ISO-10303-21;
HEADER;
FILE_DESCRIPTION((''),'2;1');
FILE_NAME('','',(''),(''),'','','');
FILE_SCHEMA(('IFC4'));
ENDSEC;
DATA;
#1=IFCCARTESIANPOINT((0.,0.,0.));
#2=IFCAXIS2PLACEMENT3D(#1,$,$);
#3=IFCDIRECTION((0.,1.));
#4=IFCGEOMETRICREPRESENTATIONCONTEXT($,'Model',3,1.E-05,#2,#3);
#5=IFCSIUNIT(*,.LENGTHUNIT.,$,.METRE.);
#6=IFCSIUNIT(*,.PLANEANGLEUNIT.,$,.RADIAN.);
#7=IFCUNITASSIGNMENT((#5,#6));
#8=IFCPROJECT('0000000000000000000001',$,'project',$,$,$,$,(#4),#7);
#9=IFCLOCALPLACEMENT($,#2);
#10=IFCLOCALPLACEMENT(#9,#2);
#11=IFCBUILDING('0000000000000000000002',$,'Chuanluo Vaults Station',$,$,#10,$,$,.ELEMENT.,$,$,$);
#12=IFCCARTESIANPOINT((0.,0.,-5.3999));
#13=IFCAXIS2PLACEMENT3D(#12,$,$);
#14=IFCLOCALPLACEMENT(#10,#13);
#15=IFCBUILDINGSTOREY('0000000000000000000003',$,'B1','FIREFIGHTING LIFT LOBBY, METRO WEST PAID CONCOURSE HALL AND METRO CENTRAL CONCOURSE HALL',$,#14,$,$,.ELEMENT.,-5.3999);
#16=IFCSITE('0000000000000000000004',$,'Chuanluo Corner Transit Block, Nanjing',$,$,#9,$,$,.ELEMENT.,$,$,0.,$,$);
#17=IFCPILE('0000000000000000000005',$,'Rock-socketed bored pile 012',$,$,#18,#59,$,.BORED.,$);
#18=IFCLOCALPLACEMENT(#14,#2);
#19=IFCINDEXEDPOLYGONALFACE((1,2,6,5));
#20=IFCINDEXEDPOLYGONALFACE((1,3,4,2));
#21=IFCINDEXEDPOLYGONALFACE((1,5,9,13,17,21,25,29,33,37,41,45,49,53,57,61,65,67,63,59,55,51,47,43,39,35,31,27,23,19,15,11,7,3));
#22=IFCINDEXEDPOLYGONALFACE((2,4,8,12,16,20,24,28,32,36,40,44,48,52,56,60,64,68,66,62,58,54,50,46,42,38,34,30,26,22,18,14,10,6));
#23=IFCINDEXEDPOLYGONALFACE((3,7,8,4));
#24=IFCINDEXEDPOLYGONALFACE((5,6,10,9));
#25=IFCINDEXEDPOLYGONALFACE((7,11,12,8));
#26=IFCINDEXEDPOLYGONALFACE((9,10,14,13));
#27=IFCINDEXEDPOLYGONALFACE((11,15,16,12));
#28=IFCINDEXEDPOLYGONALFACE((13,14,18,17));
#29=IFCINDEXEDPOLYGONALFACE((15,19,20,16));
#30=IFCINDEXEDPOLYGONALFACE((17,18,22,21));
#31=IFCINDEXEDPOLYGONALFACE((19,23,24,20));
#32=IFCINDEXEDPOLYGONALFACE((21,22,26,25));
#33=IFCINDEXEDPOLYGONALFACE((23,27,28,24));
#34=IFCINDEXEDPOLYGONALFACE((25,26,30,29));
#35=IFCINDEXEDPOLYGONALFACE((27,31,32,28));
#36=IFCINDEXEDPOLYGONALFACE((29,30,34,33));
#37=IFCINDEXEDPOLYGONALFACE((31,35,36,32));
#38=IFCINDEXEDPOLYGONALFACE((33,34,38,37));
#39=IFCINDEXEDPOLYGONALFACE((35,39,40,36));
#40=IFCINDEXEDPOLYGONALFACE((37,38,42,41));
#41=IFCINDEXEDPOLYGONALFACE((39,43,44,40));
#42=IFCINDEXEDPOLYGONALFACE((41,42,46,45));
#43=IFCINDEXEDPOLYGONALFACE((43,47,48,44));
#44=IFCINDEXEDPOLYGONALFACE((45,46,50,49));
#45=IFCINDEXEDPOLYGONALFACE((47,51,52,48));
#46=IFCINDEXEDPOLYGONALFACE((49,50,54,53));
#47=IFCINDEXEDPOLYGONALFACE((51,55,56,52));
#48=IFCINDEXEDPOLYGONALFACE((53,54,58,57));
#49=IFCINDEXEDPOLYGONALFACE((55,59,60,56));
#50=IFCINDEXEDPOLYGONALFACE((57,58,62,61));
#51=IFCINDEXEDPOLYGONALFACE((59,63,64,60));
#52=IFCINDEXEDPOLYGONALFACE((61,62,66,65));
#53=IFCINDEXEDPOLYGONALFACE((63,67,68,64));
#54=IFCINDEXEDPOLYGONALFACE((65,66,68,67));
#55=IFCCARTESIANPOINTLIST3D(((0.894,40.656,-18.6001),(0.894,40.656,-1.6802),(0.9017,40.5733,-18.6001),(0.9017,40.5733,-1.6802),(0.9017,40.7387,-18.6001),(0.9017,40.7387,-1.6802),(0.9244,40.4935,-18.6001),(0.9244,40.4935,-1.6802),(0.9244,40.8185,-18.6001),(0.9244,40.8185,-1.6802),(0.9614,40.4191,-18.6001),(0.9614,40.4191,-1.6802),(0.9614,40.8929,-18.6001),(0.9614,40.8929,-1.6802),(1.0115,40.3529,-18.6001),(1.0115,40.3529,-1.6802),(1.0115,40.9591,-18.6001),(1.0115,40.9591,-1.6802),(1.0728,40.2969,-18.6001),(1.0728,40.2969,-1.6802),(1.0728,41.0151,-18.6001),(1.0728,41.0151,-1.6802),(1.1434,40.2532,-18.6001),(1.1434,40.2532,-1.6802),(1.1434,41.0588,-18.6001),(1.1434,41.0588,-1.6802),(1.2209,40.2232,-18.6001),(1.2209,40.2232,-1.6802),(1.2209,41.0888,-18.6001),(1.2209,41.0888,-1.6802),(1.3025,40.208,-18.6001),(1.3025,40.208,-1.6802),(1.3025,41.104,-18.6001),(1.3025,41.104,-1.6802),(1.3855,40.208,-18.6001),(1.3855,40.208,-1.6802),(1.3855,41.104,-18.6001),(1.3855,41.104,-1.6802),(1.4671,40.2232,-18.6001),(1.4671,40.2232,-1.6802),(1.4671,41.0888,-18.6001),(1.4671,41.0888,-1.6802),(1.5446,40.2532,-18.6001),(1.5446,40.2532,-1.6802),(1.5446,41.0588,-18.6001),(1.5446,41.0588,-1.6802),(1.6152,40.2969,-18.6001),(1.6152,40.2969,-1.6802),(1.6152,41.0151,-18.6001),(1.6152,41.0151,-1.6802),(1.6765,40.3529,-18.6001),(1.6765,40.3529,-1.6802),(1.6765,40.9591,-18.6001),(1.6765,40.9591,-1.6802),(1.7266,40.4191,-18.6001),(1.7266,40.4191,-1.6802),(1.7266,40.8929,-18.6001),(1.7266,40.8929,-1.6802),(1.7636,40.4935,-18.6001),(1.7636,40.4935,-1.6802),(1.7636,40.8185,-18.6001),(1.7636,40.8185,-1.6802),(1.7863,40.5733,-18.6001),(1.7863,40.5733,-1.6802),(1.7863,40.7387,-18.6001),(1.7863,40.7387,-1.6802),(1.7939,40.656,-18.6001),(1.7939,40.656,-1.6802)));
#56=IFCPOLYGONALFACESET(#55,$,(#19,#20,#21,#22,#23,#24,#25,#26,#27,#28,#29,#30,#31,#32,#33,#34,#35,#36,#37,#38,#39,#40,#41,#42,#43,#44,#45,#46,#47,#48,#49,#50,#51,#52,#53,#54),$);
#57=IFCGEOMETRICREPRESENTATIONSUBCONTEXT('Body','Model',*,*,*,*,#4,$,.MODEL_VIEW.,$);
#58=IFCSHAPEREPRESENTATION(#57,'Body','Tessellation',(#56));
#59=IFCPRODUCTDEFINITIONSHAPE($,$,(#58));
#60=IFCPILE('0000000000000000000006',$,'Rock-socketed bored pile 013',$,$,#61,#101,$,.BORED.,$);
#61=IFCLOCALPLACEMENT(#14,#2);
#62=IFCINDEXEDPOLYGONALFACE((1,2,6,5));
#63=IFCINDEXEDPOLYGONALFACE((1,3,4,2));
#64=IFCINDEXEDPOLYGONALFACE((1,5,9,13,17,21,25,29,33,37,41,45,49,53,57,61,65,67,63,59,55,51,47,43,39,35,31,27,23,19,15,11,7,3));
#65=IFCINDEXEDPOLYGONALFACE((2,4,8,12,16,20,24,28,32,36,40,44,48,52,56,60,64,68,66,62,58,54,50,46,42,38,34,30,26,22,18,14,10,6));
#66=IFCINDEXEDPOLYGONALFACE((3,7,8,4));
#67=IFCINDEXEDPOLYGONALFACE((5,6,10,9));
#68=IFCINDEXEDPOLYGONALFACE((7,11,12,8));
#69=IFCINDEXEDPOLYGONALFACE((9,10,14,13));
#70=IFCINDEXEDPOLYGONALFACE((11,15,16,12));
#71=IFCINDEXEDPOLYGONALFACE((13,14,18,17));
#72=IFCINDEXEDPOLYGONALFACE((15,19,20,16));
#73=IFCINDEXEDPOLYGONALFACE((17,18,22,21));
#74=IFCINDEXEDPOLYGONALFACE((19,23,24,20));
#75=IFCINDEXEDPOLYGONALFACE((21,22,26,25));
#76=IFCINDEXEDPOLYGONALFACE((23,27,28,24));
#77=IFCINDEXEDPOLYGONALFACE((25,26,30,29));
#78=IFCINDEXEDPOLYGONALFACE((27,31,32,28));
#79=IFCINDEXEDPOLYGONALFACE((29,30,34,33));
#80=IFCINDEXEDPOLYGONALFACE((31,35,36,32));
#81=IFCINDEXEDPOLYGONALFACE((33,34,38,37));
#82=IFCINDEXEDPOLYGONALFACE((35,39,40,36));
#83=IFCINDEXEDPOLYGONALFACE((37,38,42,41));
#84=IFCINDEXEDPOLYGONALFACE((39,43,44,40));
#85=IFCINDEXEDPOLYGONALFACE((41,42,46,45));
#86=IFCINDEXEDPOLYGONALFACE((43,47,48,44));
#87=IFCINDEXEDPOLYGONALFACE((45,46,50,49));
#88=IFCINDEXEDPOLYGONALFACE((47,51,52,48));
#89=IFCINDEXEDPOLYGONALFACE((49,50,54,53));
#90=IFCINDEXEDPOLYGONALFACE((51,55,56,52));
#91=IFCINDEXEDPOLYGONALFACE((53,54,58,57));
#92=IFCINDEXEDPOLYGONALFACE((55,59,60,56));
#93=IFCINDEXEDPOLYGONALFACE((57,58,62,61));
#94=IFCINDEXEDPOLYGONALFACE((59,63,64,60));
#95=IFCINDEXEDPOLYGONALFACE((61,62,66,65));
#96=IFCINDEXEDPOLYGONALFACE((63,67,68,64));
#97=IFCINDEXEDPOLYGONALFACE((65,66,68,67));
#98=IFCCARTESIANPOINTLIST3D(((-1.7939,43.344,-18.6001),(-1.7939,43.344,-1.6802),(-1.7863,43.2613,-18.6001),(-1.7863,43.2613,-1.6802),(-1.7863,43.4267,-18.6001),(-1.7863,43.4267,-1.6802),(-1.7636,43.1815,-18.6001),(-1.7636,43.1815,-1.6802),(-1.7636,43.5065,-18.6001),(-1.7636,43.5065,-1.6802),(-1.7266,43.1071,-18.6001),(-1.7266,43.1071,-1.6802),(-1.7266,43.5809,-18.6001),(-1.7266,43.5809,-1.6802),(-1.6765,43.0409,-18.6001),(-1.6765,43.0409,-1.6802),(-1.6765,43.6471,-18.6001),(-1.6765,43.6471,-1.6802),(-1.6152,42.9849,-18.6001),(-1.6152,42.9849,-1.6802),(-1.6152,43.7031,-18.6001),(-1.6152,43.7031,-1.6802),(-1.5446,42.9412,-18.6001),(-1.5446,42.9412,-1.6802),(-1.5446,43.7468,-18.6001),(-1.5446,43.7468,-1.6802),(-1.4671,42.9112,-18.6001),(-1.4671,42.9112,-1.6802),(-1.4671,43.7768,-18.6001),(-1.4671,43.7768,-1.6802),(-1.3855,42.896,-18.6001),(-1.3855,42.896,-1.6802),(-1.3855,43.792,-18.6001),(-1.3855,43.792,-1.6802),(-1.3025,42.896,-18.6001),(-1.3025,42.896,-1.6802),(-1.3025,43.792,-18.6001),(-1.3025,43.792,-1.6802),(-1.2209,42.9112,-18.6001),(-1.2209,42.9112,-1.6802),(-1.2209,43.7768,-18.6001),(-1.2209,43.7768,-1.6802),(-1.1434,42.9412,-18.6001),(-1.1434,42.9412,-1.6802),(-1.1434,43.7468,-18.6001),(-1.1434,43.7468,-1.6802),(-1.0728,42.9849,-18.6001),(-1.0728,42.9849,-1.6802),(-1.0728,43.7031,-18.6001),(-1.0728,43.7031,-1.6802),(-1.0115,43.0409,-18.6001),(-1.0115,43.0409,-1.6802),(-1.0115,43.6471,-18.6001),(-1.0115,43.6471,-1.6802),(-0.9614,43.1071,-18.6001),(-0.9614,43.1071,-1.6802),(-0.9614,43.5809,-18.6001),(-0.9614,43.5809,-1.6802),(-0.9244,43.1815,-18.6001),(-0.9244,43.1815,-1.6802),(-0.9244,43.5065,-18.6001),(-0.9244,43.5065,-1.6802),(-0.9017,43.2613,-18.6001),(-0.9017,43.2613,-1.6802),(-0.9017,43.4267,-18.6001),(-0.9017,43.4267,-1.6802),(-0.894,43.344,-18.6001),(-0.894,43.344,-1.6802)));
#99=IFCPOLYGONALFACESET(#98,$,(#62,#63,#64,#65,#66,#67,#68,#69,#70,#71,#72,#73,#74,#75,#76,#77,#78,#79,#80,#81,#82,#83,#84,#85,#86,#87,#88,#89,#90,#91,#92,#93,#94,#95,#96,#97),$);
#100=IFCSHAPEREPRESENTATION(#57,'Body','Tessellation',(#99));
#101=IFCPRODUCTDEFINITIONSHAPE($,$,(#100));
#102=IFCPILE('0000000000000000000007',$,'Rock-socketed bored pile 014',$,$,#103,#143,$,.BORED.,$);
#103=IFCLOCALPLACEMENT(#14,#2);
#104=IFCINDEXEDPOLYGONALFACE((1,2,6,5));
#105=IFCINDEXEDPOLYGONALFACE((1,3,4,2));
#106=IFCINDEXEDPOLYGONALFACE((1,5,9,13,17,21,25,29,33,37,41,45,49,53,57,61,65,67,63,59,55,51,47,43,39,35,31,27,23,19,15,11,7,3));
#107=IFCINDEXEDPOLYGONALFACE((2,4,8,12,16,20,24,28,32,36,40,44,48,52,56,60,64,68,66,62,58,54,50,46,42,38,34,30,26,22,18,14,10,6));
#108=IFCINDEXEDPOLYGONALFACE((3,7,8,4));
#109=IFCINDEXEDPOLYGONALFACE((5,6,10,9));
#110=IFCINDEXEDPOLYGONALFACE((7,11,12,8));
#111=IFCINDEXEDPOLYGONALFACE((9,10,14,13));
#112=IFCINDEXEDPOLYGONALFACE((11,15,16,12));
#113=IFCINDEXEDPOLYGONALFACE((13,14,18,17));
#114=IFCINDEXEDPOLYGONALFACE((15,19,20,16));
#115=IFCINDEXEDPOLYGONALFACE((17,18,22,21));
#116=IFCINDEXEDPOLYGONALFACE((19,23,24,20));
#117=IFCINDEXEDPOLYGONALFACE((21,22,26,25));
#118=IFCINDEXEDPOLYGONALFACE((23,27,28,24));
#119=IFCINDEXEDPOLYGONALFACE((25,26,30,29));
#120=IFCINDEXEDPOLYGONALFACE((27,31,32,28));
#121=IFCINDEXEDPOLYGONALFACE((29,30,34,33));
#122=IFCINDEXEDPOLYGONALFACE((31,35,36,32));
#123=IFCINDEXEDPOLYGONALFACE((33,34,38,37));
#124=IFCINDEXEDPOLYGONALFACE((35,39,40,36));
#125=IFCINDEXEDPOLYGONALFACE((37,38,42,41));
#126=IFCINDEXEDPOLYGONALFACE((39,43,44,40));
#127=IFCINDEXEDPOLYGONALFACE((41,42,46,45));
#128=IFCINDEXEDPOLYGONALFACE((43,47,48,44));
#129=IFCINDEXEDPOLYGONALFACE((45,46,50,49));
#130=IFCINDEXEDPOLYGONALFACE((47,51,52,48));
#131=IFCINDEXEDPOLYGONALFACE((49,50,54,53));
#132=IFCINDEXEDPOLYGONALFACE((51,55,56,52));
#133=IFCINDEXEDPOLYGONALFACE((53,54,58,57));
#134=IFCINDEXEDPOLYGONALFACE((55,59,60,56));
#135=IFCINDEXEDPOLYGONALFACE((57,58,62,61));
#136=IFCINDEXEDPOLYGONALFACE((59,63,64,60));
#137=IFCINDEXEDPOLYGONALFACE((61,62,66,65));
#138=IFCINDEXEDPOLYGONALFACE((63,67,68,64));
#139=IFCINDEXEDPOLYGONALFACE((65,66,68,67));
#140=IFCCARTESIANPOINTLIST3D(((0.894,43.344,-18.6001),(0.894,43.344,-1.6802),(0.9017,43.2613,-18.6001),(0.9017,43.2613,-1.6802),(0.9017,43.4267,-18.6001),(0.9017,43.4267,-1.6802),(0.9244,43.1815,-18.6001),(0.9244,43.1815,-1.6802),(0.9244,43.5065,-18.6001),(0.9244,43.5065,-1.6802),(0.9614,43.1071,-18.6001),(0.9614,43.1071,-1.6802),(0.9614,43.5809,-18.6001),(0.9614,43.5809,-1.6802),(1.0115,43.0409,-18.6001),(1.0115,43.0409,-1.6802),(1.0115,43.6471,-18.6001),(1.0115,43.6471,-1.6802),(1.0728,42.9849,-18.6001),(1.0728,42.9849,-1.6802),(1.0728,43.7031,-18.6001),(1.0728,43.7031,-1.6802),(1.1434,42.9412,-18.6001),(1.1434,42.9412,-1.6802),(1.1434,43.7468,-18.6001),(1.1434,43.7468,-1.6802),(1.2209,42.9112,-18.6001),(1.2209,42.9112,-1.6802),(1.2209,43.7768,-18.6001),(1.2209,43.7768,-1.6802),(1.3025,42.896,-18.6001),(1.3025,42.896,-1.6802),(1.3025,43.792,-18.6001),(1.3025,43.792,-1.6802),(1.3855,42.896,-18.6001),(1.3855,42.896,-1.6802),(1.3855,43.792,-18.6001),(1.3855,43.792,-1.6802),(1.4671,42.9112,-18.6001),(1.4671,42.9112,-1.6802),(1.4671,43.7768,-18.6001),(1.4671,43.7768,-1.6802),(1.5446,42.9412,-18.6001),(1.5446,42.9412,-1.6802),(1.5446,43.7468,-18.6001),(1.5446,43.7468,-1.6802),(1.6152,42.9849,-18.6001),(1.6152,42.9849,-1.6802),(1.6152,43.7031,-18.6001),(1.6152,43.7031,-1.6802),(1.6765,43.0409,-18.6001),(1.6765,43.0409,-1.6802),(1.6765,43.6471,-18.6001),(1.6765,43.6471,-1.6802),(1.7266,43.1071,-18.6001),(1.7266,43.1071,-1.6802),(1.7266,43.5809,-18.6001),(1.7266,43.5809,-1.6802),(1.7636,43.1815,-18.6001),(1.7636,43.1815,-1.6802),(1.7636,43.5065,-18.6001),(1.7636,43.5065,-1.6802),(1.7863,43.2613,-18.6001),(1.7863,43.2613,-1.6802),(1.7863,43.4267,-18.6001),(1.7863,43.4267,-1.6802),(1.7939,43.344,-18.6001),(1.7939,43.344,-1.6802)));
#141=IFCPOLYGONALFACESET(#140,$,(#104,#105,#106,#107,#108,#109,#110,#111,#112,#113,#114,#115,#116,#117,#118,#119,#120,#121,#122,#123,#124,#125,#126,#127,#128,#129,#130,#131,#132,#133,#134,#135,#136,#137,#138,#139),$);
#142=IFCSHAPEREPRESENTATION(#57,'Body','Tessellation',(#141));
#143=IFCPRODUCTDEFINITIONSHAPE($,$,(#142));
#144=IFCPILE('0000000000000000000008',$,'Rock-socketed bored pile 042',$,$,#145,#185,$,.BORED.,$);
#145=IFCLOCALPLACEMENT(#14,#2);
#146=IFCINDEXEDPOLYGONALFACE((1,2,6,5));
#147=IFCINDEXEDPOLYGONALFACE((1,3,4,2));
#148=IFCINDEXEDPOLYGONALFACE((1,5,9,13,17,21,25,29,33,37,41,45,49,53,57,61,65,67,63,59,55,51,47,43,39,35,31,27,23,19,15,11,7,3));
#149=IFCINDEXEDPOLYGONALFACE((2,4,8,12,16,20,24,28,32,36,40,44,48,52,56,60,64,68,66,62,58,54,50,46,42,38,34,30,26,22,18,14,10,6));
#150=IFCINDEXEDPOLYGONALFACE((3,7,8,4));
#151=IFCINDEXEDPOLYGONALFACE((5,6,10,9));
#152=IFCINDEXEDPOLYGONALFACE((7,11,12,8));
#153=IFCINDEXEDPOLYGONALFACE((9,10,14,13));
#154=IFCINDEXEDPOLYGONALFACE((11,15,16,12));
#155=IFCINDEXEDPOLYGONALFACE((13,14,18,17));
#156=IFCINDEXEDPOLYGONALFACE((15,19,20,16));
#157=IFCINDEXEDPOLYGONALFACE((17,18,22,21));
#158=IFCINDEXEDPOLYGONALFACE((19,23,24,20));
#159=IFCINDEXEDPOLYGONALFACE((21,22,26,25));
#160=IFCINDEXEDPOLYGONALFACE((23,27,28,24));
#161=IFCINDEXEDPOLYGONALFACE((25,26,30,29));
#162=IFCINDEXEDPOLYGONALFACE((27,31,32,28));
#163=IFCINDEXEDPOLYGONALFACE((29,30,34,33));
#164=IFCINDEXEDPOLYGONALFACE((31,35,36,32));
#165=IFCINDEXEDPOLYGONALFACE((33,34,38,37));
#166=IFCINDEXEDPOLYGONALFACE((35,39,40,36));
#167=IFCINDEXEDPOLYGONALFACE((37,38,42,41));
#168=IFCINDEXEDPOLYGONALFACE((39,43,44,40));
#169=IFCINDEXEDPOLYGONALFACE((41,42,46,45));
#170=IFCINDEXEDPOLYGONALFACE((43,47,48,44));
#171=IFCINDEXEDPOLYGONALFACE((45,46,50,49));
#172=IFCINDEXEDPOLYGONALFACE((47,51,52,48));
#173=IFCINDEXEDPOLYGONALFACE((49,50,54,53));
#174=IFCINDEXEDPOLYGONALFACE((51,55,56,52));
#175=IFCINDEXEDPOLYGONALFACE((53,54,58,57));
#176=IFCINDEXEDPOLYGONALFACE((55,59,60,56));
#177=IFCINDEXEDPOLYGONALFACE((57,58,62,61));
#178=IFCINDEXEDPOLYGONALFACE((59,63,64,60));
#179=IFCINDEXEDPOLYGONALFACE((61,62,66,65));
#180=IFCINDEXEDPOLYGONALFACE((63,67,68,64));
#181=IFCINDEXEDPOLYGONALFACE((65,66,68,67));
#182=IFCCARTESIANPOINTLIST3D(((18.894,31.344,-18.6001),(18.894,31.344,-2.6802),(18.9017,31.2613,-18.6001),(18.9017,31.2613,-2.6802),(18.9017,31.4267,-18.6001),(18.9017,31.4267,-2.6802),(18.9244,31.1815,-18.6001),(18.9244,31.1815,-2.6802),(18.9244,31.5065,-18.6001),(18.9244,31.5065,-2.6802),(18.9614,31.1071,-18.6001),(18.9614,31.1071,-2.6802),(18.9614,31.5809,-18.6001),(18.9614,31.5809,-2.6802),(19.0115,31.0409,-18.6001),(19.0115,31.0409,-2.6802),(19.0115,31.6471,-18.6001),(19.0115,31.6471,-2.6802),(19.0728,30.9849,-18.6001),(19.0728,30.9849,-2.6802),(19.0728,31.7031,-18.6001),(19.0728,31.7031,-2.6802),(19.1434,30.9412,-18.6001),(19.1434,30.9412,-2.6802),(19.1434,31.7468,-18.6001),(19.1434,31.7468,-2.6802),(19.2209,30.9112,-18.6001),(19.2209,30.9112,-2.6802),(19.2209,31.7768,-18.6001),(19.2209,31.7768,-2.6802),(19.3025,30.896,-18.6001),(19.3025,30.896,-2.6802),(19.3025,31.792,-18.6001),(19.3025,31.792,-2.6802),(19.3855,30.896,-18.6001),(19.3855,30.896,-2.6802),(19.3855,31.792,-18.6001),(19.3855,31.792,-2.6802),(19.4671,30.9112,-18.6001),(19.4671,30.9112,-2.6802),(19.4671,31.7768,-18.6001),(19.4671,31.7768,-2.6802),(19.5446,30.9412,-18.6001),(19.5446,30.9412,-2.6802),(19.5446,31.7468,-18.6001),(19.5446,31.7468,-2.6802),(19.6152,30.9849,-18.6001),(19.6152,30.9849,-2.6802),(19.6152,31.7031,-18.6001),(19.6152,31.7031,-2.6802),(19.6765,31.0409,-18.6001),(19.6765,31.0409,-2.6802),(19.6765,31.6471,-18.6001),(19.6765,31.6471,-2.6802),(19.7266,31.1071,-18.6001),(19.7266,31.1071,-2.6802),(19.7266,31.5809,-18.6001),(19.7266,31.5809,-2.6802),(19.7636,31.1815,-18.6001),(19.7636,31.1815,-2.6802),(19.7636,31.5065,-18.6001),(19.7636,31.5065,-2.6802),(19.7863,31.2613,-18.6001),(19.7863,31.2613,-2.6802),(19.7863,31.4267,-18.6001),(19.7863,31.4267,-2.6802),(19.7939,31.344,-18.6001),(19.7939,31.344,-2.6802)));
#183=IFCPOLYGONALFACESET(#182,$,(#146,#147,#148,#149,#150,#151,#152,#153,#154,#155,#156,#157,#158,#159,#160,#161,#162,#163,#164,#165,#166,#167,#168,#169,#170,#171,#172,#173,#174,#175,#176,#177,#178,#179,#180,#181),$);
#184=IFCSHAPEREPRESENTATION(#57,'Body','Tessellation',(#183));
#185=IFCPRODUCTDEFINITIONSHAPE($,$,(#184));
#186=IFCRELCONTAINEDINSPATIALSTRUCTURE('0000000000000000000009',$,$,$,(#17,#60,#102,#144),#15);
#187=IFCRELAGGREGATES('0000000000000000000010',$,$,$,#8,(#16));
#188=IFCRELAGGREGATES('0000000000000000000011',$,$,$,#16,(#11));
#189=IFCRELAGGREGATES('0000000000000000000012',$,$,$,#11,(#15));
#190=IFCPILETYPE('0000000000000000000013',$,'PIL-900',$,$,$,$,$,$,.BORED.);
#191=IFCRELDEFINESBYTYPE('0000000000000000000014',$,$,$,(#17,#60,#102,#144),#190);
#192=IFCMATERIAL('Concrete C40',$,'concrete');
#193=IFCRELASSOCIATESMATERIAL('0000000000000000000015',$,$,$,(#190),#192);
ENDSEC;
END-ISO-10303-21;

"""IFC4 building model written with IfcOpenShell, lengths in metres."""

from ifc_helpers import new_model, si_unit, direction, frame, origin, origin_2d, place, context, subcontext, project, spatial, circle, extrude, material, material_profile, profile_set, type_object, element, save


model = new_model("IFC4")

# Units and contexts
model_context = context("Model", 3, precision=1e-05, world=origin(), true_north=direction((0.0, 1.0)))
body_context = subcontext(model_context, "Body", "Model", "MODEL_VIEW")
ifc_project = project(units=[si_unit("LENGTHUNIT", "METRE"), si_unit("PLANEANGLEUNIT", "RADIAN")], contexts=[model_context])

# Site, building, storey
site_placement = place(None, origin())
site = spatial("IfcSite", under=ifc_project, at=site_placement, Name="Chuanluo Corner Transit Block, Nanjing", CompositionType="ELEMENT", RefElevation=0.0)
building_placement = place(site_placement, origin())
building = spatial("IfcBuilding", under=site, at=building_placement, Name="Chuanluo Vaults Station", CompositionType="ELEMENT")
storey_placement = place(building_placement, frame((0.0, 0.0, -5.3999)))
storey = spatial("IfcBuildingStorey", under=building, at=storey_placement, Name="B1", Description="FIREFIGHTING LIFT LOBBY, METRO WEST PAID CONCOURSE HALL AND METRO CENTRAL CONCOURSE HALL", CompositionType="ELEMENT", Elevation=-5.3999)

# Piles
ifc_material_1 = material(Name="Concrete C40", Category="concrete")
ifc_material_profile_1 = material_profile(ifc_material_1, circle(Radius=0.45, at=origin_2d()))
ifc_profile_set_1 = profile_set([ifc_material_profile_1], Name="Concrete C40")
pile_type_1 = type_object("IfcPileType", Name="PIL-900", PredefinedType="BORED", material=ifc_profile_set_1)
for number, where, z_axis, x_axis, name in (
    (1, (1.344, 40.656, -1.6802), (0.0, 0.0, -1.0), (1.0, 0.0, 0.0), "Rock-socketed bored pile 012"),
    (2, (-1.344, 43.344, -1.6802), (0.0, 0.0, -1.0), (1.0, 0.0, 0.0), "Rock-socketed bored pile 013"),
    (3, (1.344, 43.344, -1.6802), (0.0, 0.0, -1.0), (1.0, 0.0, 0.0), "Rock-socketed bored pile 014"),
):
    element("IfcPile", number, at=place(storey_placement, frame(where, z_axis=z_axis, x_axis=x_axis)), inside=storey, type_object=pile_type_1, Name=name, PredefinedType="BORED", context=body_context, shape_type="SweptSolid", body=[
        extrude(circle(Radius=0.45, at=origin_2d()), origin(), (0.0, 0.0, 1.0), 16.9199),
    ])
pile_1_placement = place(storey_placement, frame((19.344, 31.344, -2.6802), z_axis=(0.0, 0.0, -1.0), x_axis=(1.0, 0.0, 0.0)))
element("IfcPile", 4, at=pile_1_placement, inside=storey, type_object=pile_type_1, Name="Rock-socketed bored pile 042", PredefinedType="BORED", context=body_context, shape_type="SweptSolid", body=[
    extrude(circle(Radius=0.45, at=origin_2d()), origin(), (0.0, 0.0, 1.0), 15.9199),
])

save(model, "model.ifc")
